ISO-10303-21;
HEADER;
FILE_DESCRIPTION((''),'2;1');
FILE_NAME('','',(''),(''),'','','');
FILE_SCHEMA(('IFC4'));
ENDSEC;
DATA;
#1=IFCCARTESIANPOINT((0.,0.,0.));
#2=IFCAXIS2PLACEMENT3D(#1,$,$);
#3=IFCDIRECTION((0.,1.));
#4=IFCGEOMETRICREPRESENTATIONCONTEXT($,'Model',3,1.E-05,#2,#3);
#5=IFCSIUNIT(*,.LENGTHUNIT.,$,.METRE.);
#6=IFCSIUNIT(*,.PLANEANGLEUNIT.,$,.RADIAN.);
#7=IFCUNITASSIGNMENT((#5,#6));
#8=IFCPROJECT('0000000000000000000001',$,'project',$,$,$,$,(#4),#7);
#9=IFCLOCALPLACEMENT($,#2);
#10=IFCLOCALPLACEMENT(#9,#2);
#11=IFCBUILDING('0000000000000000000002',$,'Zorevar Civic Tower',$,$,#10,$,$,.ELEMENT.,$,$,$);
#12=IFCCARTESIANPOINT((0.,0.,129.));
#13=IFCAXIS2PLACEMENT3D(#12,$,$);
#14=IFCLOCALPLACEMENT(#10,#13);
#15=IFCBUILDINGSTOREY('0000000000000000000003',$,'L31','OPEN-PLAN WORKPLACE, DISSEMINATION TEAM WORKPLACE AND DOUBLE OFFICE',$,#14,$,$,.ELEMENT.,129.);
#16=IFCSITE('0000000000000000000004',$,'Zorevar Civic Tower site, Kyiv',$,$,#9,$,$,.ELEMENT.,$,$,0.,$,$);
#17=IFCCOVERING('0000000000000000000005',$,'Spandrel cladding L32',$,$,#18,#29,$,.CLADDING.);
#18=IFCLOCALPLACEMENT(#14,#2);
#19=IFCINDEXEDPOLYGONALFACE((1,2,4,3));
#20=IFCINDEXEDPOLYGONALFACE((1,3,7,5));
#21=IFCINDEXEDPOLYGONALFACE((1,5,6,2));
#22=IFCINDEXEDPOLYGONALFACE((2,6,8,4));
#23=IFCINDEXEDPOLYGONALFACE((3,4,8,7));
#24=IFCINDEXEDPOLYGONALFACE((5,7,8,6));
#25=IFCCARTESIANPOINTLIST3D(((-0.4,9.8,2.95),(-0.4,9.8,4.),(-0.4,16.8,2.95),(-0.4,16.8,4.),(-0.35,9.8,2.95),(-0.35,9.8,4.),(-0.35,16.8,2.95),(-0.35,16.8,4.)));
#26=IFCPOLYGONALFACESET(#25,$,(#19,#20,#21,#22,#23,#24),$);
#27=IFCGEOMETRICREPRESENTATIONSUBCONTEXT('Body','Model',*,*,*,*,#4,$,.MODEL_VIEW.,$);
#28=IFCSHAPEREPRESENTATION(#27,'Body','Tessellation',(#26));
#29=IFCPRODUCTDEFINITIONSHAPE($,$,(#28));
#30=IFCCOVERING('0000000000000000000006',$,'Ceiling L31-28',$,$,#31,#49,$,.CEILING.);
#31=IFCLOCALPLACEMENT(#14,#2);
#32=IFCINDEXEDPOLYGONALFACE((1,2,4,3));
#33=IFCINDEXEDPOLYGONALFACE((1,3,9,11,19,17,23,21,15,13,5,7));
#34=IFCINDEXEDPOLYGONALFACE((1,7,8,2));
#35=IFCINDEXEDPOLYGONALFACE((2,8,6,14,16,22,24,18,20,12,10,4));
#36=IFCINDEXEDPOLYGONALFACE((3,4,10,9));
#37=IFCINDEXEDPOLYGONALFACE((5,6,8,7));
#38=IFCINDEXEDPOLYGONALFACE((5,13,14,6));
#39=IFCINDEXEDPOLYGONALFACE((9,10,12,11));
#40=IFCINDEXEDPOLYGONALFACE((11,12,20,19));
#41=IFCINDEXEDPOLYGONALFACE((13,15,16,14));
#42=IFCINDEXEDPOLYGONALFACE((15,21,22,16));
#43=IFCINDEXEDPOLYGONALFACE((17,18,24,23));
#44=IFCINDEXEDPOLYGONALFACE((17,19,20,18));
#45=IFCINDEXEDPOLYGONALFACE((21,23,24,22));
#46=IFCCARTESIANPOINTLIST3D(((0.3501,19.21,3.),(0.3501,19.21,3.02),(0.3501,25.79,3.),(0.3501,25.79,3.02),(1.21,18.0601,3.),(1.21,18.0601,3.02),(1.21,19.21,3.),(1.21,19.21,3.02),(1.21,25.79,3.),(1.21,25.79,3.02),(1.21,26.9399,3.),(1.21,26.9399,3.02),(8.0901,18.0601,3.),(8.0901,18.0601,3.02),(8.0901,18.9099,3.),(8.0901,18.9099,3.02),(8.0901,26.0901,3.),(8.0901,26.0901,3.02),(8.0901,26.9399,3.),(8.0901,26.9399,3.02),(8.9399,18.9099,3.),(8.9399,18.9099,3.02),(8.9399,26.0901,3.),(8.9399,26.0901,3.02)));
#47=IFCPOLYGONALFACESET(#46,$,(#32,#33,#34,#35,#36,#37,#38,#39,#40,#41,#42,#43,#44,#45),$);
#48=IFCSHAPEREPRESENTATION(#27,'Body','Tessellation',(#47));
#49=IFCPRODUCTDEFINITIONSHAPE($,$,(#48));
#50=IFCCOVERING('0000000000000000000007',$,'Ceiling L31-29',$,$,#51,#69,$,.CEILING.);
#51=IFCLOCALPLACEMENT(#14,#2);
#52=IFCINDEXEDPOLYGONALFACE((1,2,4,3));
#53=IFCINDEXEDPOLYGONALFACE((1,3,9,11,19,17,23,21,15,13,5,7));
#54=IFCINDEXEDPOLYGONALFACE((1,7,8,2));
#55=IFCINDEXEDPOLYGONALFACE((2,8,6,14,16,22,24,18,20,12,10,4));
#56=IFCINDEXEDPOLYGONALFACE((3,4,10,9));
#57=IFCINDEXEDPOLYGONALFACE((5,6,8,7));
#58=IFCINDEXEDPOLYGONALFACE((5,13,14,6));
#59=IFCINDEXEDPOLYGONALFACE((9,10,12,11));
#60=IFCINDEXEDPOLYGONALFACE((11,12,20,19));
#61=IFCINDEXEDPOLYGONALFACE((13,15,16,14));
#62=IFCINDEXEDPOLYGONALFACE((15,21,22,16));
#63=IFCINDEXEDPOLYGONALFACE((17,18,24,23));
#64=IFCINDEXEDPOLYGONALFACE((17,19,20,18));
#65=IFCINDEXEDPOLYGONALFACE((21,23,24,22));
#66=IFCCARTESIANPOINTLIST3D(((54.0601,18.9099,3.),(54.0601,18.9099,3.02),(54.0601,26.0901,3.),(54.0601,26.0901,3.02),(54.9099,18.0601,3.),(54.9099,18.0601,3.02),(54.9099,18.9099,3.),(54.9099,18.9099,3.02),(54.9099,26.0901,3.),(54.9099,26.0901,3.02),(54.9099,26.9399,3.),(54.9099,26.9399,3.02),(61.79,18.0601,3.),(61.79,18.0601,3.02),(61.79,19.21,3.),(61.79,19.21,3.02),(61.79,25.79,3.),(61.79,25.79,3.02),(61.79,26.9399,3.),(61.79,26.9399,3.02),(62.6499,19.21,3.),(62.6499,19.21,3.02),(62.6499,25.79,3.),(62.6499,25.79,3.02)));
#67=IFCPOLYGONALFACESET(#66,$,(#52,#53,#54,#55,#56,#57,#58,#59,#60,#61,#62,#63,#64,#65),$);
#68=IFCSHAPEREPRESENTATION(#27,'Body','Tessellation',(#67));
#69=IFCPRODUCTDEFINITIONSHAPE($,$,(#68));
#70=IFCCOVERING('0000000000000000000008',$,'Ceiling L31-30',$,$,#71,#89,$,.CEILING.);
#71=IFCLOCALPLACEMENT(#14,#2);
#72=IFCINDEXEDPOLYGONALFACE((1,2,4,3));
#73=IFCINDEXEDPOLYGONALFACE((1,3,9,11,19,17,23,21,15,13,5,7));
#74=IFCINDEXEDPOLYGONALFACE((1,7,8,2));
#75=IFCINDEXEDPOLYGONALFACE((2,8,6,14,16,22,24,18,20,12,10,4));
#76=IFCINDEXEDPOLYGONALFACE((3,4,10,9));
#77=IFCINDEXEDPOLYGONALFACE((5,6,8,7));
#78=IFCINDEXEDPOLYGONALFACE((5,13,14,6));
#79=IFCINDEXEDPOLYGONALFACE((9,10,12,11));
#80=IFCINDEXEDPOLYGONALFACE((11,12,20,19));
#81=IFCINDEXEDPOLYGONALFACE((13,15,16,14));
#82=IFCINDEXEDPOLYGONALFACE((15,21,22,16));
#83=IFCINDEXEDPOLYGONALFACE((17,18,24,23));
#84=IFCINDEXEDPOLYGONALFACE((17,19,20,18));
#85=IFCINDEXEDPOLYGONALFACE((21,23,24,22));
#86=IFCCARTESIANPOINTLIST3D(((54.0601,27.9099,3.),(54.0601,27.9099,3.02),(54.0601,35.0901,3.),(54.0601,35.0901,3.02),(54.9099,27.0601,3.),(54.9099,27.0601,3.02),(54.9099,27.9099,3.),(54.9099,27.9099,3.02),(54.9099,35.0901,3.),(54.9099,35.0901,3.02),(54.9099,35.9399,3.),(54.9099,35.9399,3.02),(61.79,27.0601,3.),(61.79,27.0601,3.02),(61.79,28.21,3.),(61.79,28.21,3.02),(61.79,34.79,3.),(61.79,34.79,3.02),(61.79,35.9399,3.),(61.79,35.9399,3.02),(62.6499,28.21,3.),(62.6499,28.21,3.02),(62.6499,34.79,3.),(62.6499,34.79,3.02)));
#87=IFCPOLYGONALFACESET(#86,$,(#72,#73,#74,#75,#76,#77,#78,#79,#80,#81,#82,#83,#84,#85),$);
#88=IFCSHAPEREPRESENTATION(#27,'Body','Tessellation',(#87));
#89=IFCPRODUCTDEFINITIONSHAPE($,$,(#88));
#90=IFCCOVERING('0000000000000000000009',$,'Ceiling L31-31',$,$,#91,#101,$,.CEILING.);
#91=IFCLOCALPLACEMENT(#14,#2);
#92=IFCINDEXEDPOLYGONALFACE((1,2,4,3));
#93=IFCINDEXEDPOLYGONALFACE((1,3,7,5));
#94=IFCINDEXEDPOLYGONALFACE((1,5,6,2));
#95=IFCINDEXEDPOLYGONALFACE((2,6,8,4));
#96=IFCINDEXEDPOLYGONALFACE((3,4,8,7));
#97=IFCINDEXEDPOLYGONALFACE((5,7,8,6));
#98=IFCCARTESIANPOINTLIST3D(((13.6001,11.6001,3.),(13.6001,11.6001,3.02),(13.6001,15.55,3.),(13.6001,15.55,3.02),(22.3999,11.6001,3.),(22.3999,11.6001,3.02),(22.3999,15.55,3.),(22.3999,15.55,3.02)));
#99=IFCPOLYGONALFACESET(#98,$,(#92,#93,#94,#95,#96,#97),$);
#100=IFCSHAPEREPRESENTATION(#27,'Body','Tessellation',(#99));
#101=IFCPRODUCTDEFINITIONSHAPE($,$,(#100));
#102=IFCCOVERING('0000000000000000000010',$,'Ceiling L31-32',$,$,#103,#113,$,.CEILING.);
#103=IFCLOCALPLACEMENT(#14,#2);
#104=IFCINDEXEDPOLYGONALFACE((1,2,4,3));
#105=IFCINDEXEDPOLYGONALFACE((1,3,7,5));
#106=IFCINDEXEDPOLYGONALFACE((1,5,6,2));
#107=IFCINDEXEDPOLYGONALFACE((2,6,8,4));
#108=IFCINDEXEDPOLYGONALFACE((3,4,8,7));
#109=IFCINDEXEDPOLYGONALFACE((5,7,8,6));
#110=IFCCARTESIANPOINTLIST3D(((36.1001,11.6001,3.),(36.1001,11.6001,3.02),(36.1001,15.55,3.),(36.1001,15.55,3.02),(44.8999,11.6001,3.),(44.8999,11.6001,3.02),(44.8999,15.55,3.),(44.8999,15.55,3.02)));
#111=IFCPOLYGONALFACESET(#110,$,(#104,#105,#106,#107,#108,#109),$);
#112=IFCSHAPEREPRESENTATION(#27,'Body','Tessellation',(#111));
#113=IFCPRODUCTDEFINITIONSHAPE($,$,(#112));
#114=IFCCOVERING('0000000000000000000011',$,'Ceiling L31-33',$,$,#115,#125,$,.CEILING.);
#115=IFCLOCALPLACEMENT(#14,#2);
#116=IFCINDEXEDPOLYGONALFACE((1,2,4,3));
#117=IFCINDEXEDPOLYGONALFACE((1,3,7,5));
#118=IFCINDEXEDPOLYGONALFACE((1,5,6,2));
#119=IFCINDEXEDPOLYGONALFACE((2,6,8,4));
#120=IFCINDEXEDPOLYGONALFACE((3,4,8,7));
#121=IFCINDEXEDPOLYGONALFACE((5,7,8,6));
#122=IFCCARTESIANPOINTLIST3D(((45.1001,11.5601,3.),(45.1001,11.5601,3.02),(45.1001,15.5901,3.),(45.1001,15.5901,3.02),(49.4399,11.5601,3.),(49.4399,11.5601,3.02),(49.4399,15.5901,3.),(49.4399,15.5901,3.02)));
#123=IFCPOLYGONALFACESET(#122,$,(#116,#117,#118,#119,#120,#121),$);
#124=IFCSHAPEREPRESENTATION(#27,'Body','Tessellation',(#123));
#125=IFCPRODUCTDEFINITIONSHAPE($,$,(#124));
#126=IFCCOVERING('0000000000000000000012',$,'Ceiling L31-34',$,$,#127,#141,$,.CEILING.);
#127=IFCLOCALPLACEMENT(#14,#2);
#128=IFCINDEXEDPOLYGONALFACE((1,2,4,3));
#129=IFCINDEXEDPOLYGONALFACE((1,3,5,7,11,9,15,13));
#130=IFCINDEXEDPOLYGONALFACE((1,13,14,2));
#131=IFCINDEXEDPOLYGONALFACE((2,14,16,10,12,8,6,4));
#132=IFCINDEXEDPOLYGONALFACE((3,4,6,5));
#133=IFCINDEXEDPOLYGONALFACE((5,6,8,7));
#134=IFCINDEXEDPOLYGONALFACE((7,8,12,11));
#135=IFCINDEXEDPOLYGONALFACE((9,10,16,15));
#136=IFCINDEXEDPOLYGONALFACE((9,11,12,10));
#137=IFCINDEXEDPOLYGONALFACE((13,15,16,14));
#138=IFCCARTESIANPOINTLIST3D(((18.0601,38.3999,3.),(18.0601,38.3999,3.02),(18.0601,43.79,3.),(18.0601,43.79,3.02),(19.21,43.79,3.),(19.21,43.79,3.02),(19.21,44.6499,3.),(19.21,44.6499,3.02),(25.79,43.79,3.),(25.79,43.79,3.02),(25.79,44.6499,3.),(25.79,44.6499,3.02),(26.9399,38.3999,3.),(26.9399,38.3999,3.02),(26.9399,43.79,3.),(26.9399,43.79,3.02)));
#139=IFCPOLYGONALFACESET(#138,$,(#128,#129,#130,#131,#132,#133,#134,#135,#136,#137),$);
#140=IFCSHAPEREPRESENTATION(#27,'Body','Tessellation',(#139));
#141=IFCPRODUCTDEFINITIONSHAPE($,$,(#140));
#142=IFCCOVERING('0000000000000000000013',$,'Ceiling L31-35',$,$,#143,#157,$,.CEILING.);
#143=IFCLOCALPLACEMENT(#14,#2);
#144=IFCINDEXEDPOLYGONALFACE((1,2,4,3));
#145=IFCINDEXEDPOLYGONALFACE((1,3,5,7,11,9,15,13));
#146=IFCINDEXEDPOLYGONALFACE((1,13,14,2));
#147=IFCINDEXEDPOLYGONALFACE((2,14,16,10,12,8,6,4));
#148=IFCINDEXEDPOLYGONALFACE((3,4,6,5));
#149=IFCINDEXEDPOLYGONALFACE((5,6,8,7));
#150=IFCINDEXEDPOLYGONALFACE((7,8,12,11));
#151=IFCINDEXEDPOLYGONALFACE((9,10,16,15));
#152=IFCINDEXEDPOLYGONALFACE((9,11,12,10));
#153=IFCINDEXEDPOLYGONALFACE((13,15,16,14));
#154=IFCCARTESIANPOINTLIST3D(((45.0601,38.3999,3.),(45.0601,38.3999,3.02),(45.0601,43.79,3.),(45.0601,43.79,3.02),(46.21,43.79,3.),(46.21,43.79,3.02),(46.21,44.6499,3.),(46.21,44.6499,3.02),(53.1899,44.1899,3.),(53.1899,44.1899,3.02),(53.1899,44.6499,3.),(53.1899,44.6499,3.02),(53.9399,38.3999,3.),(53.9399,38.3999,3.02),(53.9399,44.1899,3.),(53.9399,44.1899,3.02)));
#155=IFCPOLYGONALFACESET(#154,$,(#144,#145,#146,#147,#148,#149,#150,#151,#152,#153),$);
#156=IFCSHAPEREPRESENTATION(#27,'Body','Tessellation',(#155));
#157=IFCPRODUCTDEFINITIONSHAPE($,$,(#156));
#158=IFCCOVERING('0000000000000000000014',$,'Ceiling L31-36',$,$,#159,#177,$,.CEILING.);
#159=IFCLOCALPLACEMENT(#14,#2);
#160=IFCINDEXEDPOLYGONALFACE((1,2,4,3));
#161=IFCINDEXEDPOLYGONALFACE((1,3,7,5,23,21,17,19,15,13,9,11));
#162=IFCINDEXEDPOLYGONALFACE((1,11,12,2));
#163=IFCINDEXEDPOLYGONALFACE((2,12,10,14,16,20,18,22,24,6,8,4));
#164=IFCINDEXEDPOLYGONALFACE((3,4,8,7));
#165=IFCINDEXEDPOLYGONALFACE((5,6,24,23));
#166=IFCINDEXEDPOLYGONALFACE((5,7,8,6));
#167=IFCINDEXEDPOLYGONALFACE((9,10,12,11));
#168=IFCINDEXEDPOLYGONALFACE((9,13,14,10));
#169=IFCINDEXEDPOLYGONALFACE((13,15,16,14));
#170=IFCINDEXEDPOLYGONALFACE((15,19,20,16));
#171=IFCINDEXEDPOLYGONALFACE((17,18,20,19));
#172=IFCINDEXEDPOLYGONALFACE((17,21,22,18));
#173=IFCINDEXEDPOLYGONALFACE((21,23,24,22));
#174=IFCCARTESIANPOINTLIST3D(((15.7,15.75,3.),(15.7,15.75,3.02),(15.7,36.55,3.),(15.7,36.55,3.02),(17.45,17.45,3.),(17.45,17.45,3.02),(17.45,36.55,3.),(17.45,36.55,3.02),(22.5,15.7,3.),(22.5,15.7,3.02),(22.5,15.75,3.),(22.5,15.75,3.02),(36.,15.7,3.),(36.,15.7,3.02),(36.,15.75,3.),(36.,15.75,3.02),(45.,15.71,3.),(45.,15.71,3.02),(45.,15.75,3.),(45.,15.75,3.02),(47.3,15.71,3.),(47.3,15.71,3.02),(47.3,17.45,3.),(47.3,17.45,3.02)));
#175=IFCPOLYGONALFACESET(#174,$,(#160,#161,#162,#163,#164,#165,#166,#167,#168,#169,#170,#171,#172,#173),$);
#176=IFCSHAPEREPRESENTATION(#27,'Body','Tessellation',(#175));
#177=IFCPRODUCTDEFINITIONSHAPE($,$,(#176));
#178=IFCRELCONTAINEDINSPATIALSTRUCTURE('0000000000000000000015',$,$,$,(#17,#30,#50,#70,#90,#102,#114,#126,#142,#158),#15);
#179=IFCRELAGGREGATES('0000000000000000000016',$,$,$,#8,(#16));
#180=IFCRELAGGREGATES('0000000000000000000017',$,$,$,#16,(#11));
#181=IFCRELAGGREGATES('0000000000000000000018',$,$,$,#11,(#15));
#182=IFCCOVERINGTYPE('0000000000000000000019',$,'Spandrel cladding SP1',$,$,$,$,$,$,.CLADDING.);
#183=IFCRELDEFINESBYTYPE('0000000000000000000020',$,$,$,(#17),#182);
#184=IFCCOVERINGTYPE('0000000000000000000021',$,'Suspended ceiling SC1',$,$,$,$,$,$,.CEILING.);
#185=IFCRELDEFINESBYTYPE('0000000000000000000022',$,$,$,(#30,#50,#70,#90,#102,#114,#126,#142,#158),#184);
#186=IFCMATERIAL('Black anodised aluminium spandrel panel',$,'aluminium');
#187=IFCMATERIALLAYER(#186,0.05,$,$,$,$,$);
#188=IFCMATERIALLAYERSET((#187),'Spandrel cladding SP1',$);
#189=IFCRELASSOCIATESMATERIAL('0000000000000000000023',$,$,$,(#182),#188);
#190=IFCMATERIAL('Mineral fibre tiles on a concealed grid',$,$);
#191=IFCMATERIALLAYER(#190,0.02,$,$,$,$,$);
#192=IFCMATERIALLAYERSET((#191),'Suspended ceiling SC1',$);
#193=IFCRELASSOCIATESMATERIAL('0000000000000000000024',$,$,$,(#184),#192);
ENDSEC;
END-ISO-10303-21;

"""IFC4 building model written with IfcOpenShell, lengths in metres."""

from ifc_helpers import new_model, si_unit, direction, frame, frame_2d, origin, place, context, subcontext, project, spatial, polyline, rectangle, outline, extrude, material, layer, layer_set, type_object, element, save


model = new_model("IFC4")

# Units and contexts
model_context = context("Model", 3, precision=1e-05, world=origin(), true_north=direction((0.0, 1.0)))
body_context = subcontext(model_context, "Body", "Model", "MODEL_VIEW")
ifc_project = project(units=[si_unit("LENGTHUNIT", "METRE"), si_unit("PLANEANGLEUNIT", "RADIAN")], contexts=[model_context])

# Site, building, storey
site_placement = place(None, origin())
site = spatial("IfcSite", under=ifc_project, at=site_placement, Name="Zorevar Civic Tower site, Kyiv", CompositionType="ELEMENT", RefElevation=0.0)
building_placement = place(site_placement, origin())
building = spatial("IfcBuilding", under=site, at=building_placement, Name="Zorevar Civic Tower", CompositionType="ELEMENT")
storey_placement = place(building_placement, frame((0.0, 0.0, 129.0)))
storey = spatial("IfcBuildingStorey", under=building, at=storey_placement, Name="L31", Description="OPEN-PLAN WORKPLACE, DISSEMINATION TEAM WORKPLACE AND DOUBLE OFFICE", CompositionType="ELEMENT", Elevation=129.0)

# Coverings
ifc_material_1 = material(Name="Black anodised aluminium spandrel panel", Category="aluminium")
ifc_layer_1 = layer(ifc_material_1, 0.05)
ifc_layer_set_1 = layer_set([ifc_layer_1], Name="Spandrel cladding SP1")
covering_type_1 = type_object("IfcCoveringType", Name="Spandrel cladding SP1", PredefinedType="CLADDING", material=ifc_layer_set_1)
covering_1_placement = place(storey_placement, frame((-0.375, 9.8, 2.95), z_axis=(0.0, 0.0, 1.0), x_axis=(0.0, 1.0, 0.0)))
element("IfcCovering", 1, at=covering_1_placement, inside=storey, type_object=covering_type_1, Name="Spandrel cladding L32", PredefinedType="CLADDING", context=body_context, shape_type="SweptSolid", body=[
    extrude(rectangle(XDim=7.0, YDim=0.05, at=frame_2d((3.5, 0.0))), origin(), (0.0, 0.0, 1.0), 1.05),
])
ifc_material_2 = material(Name="Mineral fibre tiles on a concealed grid")
ifc_layer_2 = layer(ifc_material_2, 0.02)
ifc_layer_set_2 = layer_set([ifc_layer_2], Name="Suspended ceiling SC1")
covering_type_2 = type_object("IfcCoveringType", Name="Suspended ceiling SC1", PredefinedType="CEILING", material=ifc_layer_set_2)
covering_2_placement = place(storey_placement, frame((0.0, 0.0, 3.0)))
element("IfcCovering", 2, at=covering_2_placement, inside=storey, type_object=covering_type_2, Name="Ceiling L31-28", PredefinedType="CEILING", context=body_context, shape_type="SweptSolid", body=[
    extrude(outline(polyline([(8.9399, 18.9099), (8.0901, 18.9099), (8.0901, 18.0601), (1.21, 18.0601), (1.21, 19.21), (0.3501, 19.21), (0.3501, 25.79), (1.21, 25.79), (1.21, 26.9399), (8.0901, 26.9399), (8.0901, 26.0901), (8.9399, 26.0901), (8.9399, 18.9099)])), origin(), (0.0, 0.0, 1.0), 0.02),
])
covering_3_placement = place(storey_placement, frame((0.0, 0.0, 3.0)))
element("IfcCovering", 3, at=covering_3_placement, inside=storey, type_object=covering_type_2, Name="Ceiling L31-29", PredefinedType="CEILING", context=body_context, shape_type="SweptSolid", body=[
    extrude(outline(polyline([(62.6499, 19.21), (61.79, 19.21), (61.79, 18.0601), (54.9099, 18.0601), (54.9099, 18.9099), (54.0601, 18.9099), (54.0601, 26.0901), (54.9099, 26.0901), (54.9099, 26.9399), (61.79, 26.9399), (61.79, 25.79), (62.6499, 25.79), (62.6499, 19.21)])), origin(), (0.0, 0.0, 1.0), 0.02),
])
covering_4_placement = place(storey_placement, frame((0.0, 0.0, 3.0)))
element("IfcCovering", 4, at=covering_4_placement, inside=storey, type_object=covering_type_2, Name="Ceiling L31-30", PredefinedType="CEILING", context=body_context, shape_type="SweptSolid", body=[
    extrude(outline(polyline([(62.6499, 28.21), (61.79, 28.21), (61.79, 27.0601), (54.9099, 27.0601), (54.9099, 27.9099), (54.0601, 27.9099), (54.0601, 35.0901), (54.9099, 35.0901), (54.9099, 35.9399), (61.79, 35.9399), (61.79, 34.79), (62.6499, 34.79), (62.6499, 28.21)])), origin(), (0.0, 0.0, 1.0), 0.02),
])
covering_5_placement = place(storey_placement, frame((0.0, 0.0, 3.0)))
element("IfcCovering", 5, at=covering_5_placement, inside=storey, type_object=covering_type_2, Name="Ceiling L31-31", PredefinedType="CEILING", context=body_context, shape_type="SweptSolid", body=[
    extrude(outline(polyline([(13.6001, 15.55), (22.3999, 15.55), (22.3999, 11.6001), (13.6001, 11.6001), (13.6001, 15.55)])), origin(), (0.0, 0.0, 1.0), 0.02),
])
covering_6_placement = place(storey_placement, frame((0.0, 0.0, 3.0)))
element("IfcCovering", 6, at=covering_6_placement, inside=storey, type_object=covering_type_2, Name="Ceiling L31-32", PredefinedType="CEILING", context=body_context, shape_type="SweptSolid", body=[
    extrude(outline(polyline([(36.1001, 15.55), (44.8999, 15.55), (44.8999, 11.6001), (36.1001, 11.6001), (36.1001, 15.55)])), origin(), (0.0, 0.0, 1.0), 0.02),
])
covering_7_placement = place(storey_placement, frame((0.0, 0.0, 3.0)))
element("IfcCovering", 7, at=covering_7_placement, inside=storey, type_object=covering_type_2, Name="Ceiling L31-33", PredefinedType="CEILING", context=body_context, shape_type="SweptSolid", body=[
    extrude(outline(polyline([(49.4399, 15.5901), (49.4399, 11.5601), (45.1001, 11.5601), (45.1001, 15.5901), (49.4399, 15.5901)])), origin(), (0.0, 0.0, 1.0), 0.02),
])
covering_8_placement = place(storey_placement, frame((0.0, 0.0, 3.0)))
element("IfcCovering", 8, at=covering_8_placement, inside=storey, type_object=covering_type_2, Name="Ceiling L31-34", PredefinedType="CEILING", context=body_context, shape_type="SweptSolid", body=[
    extrude(outline(polyline([(19.21, 43.79), (19.21, 44.6499), (25.79, 44.6499), (25.79, 43.79), (26.9399, 43.79), (26.9399, 38.3999), (18.0601, 38.3999), (18.0601, 43.79), (19.21, 43.79)])), origin(), (0.0, 0.0, 1.0), 0.02),
])
covering_9_placement = place(storey_placement, frame((0.0, 0.0, 3.0)))
element("IfcCovering", 9, at=covering_9_placement, inside=storey, type_object=covering_type_2, Name="Ceiling L31-35", PredefinedType="CEILING", context=body_context, shape_type="SweptSolid", body=[
    extrude(outline(polyline([(46.21, 43.79), (46.21, 44.6499), (53.1899, 44.6499), (53.1899, 44.1899), (53.9399, 44.1899), (53.9399, 38.3999), (45.0601, 38.3999), (45.0601, 43.79), (46.21, 43.79)])), origin(), (0.0, 0.0, 1.0), 0.02),
])
covering_10_placement = place(storey_placement, frame((0.0, 0.0, 3.0)))
element("IfcCovering", 10, at=covering_10_placement, inside=storey, type_object=covering_type_2, Name="Ceiling L31-36", PredefinedType="CEILING", context=body_context, shape_type="SweptSolid", body=[
    extrude(outline(polyline([(47.3, 15.71), (45.0, 15.71), (45.0, 15.75), (36.0, 15.75), (36.0, 15.7), (22.5, 15.7), (22.5, 15.75), (15.7, 15.75), (15.7, 36.55), (17.45, 36.55), (17.45, 17.45), (47.3, 17.45), (47.3, 15.71)])), origin(), (0.0, 0.0, 1.0), 0.02),
])

save(model, "model.ifc")
